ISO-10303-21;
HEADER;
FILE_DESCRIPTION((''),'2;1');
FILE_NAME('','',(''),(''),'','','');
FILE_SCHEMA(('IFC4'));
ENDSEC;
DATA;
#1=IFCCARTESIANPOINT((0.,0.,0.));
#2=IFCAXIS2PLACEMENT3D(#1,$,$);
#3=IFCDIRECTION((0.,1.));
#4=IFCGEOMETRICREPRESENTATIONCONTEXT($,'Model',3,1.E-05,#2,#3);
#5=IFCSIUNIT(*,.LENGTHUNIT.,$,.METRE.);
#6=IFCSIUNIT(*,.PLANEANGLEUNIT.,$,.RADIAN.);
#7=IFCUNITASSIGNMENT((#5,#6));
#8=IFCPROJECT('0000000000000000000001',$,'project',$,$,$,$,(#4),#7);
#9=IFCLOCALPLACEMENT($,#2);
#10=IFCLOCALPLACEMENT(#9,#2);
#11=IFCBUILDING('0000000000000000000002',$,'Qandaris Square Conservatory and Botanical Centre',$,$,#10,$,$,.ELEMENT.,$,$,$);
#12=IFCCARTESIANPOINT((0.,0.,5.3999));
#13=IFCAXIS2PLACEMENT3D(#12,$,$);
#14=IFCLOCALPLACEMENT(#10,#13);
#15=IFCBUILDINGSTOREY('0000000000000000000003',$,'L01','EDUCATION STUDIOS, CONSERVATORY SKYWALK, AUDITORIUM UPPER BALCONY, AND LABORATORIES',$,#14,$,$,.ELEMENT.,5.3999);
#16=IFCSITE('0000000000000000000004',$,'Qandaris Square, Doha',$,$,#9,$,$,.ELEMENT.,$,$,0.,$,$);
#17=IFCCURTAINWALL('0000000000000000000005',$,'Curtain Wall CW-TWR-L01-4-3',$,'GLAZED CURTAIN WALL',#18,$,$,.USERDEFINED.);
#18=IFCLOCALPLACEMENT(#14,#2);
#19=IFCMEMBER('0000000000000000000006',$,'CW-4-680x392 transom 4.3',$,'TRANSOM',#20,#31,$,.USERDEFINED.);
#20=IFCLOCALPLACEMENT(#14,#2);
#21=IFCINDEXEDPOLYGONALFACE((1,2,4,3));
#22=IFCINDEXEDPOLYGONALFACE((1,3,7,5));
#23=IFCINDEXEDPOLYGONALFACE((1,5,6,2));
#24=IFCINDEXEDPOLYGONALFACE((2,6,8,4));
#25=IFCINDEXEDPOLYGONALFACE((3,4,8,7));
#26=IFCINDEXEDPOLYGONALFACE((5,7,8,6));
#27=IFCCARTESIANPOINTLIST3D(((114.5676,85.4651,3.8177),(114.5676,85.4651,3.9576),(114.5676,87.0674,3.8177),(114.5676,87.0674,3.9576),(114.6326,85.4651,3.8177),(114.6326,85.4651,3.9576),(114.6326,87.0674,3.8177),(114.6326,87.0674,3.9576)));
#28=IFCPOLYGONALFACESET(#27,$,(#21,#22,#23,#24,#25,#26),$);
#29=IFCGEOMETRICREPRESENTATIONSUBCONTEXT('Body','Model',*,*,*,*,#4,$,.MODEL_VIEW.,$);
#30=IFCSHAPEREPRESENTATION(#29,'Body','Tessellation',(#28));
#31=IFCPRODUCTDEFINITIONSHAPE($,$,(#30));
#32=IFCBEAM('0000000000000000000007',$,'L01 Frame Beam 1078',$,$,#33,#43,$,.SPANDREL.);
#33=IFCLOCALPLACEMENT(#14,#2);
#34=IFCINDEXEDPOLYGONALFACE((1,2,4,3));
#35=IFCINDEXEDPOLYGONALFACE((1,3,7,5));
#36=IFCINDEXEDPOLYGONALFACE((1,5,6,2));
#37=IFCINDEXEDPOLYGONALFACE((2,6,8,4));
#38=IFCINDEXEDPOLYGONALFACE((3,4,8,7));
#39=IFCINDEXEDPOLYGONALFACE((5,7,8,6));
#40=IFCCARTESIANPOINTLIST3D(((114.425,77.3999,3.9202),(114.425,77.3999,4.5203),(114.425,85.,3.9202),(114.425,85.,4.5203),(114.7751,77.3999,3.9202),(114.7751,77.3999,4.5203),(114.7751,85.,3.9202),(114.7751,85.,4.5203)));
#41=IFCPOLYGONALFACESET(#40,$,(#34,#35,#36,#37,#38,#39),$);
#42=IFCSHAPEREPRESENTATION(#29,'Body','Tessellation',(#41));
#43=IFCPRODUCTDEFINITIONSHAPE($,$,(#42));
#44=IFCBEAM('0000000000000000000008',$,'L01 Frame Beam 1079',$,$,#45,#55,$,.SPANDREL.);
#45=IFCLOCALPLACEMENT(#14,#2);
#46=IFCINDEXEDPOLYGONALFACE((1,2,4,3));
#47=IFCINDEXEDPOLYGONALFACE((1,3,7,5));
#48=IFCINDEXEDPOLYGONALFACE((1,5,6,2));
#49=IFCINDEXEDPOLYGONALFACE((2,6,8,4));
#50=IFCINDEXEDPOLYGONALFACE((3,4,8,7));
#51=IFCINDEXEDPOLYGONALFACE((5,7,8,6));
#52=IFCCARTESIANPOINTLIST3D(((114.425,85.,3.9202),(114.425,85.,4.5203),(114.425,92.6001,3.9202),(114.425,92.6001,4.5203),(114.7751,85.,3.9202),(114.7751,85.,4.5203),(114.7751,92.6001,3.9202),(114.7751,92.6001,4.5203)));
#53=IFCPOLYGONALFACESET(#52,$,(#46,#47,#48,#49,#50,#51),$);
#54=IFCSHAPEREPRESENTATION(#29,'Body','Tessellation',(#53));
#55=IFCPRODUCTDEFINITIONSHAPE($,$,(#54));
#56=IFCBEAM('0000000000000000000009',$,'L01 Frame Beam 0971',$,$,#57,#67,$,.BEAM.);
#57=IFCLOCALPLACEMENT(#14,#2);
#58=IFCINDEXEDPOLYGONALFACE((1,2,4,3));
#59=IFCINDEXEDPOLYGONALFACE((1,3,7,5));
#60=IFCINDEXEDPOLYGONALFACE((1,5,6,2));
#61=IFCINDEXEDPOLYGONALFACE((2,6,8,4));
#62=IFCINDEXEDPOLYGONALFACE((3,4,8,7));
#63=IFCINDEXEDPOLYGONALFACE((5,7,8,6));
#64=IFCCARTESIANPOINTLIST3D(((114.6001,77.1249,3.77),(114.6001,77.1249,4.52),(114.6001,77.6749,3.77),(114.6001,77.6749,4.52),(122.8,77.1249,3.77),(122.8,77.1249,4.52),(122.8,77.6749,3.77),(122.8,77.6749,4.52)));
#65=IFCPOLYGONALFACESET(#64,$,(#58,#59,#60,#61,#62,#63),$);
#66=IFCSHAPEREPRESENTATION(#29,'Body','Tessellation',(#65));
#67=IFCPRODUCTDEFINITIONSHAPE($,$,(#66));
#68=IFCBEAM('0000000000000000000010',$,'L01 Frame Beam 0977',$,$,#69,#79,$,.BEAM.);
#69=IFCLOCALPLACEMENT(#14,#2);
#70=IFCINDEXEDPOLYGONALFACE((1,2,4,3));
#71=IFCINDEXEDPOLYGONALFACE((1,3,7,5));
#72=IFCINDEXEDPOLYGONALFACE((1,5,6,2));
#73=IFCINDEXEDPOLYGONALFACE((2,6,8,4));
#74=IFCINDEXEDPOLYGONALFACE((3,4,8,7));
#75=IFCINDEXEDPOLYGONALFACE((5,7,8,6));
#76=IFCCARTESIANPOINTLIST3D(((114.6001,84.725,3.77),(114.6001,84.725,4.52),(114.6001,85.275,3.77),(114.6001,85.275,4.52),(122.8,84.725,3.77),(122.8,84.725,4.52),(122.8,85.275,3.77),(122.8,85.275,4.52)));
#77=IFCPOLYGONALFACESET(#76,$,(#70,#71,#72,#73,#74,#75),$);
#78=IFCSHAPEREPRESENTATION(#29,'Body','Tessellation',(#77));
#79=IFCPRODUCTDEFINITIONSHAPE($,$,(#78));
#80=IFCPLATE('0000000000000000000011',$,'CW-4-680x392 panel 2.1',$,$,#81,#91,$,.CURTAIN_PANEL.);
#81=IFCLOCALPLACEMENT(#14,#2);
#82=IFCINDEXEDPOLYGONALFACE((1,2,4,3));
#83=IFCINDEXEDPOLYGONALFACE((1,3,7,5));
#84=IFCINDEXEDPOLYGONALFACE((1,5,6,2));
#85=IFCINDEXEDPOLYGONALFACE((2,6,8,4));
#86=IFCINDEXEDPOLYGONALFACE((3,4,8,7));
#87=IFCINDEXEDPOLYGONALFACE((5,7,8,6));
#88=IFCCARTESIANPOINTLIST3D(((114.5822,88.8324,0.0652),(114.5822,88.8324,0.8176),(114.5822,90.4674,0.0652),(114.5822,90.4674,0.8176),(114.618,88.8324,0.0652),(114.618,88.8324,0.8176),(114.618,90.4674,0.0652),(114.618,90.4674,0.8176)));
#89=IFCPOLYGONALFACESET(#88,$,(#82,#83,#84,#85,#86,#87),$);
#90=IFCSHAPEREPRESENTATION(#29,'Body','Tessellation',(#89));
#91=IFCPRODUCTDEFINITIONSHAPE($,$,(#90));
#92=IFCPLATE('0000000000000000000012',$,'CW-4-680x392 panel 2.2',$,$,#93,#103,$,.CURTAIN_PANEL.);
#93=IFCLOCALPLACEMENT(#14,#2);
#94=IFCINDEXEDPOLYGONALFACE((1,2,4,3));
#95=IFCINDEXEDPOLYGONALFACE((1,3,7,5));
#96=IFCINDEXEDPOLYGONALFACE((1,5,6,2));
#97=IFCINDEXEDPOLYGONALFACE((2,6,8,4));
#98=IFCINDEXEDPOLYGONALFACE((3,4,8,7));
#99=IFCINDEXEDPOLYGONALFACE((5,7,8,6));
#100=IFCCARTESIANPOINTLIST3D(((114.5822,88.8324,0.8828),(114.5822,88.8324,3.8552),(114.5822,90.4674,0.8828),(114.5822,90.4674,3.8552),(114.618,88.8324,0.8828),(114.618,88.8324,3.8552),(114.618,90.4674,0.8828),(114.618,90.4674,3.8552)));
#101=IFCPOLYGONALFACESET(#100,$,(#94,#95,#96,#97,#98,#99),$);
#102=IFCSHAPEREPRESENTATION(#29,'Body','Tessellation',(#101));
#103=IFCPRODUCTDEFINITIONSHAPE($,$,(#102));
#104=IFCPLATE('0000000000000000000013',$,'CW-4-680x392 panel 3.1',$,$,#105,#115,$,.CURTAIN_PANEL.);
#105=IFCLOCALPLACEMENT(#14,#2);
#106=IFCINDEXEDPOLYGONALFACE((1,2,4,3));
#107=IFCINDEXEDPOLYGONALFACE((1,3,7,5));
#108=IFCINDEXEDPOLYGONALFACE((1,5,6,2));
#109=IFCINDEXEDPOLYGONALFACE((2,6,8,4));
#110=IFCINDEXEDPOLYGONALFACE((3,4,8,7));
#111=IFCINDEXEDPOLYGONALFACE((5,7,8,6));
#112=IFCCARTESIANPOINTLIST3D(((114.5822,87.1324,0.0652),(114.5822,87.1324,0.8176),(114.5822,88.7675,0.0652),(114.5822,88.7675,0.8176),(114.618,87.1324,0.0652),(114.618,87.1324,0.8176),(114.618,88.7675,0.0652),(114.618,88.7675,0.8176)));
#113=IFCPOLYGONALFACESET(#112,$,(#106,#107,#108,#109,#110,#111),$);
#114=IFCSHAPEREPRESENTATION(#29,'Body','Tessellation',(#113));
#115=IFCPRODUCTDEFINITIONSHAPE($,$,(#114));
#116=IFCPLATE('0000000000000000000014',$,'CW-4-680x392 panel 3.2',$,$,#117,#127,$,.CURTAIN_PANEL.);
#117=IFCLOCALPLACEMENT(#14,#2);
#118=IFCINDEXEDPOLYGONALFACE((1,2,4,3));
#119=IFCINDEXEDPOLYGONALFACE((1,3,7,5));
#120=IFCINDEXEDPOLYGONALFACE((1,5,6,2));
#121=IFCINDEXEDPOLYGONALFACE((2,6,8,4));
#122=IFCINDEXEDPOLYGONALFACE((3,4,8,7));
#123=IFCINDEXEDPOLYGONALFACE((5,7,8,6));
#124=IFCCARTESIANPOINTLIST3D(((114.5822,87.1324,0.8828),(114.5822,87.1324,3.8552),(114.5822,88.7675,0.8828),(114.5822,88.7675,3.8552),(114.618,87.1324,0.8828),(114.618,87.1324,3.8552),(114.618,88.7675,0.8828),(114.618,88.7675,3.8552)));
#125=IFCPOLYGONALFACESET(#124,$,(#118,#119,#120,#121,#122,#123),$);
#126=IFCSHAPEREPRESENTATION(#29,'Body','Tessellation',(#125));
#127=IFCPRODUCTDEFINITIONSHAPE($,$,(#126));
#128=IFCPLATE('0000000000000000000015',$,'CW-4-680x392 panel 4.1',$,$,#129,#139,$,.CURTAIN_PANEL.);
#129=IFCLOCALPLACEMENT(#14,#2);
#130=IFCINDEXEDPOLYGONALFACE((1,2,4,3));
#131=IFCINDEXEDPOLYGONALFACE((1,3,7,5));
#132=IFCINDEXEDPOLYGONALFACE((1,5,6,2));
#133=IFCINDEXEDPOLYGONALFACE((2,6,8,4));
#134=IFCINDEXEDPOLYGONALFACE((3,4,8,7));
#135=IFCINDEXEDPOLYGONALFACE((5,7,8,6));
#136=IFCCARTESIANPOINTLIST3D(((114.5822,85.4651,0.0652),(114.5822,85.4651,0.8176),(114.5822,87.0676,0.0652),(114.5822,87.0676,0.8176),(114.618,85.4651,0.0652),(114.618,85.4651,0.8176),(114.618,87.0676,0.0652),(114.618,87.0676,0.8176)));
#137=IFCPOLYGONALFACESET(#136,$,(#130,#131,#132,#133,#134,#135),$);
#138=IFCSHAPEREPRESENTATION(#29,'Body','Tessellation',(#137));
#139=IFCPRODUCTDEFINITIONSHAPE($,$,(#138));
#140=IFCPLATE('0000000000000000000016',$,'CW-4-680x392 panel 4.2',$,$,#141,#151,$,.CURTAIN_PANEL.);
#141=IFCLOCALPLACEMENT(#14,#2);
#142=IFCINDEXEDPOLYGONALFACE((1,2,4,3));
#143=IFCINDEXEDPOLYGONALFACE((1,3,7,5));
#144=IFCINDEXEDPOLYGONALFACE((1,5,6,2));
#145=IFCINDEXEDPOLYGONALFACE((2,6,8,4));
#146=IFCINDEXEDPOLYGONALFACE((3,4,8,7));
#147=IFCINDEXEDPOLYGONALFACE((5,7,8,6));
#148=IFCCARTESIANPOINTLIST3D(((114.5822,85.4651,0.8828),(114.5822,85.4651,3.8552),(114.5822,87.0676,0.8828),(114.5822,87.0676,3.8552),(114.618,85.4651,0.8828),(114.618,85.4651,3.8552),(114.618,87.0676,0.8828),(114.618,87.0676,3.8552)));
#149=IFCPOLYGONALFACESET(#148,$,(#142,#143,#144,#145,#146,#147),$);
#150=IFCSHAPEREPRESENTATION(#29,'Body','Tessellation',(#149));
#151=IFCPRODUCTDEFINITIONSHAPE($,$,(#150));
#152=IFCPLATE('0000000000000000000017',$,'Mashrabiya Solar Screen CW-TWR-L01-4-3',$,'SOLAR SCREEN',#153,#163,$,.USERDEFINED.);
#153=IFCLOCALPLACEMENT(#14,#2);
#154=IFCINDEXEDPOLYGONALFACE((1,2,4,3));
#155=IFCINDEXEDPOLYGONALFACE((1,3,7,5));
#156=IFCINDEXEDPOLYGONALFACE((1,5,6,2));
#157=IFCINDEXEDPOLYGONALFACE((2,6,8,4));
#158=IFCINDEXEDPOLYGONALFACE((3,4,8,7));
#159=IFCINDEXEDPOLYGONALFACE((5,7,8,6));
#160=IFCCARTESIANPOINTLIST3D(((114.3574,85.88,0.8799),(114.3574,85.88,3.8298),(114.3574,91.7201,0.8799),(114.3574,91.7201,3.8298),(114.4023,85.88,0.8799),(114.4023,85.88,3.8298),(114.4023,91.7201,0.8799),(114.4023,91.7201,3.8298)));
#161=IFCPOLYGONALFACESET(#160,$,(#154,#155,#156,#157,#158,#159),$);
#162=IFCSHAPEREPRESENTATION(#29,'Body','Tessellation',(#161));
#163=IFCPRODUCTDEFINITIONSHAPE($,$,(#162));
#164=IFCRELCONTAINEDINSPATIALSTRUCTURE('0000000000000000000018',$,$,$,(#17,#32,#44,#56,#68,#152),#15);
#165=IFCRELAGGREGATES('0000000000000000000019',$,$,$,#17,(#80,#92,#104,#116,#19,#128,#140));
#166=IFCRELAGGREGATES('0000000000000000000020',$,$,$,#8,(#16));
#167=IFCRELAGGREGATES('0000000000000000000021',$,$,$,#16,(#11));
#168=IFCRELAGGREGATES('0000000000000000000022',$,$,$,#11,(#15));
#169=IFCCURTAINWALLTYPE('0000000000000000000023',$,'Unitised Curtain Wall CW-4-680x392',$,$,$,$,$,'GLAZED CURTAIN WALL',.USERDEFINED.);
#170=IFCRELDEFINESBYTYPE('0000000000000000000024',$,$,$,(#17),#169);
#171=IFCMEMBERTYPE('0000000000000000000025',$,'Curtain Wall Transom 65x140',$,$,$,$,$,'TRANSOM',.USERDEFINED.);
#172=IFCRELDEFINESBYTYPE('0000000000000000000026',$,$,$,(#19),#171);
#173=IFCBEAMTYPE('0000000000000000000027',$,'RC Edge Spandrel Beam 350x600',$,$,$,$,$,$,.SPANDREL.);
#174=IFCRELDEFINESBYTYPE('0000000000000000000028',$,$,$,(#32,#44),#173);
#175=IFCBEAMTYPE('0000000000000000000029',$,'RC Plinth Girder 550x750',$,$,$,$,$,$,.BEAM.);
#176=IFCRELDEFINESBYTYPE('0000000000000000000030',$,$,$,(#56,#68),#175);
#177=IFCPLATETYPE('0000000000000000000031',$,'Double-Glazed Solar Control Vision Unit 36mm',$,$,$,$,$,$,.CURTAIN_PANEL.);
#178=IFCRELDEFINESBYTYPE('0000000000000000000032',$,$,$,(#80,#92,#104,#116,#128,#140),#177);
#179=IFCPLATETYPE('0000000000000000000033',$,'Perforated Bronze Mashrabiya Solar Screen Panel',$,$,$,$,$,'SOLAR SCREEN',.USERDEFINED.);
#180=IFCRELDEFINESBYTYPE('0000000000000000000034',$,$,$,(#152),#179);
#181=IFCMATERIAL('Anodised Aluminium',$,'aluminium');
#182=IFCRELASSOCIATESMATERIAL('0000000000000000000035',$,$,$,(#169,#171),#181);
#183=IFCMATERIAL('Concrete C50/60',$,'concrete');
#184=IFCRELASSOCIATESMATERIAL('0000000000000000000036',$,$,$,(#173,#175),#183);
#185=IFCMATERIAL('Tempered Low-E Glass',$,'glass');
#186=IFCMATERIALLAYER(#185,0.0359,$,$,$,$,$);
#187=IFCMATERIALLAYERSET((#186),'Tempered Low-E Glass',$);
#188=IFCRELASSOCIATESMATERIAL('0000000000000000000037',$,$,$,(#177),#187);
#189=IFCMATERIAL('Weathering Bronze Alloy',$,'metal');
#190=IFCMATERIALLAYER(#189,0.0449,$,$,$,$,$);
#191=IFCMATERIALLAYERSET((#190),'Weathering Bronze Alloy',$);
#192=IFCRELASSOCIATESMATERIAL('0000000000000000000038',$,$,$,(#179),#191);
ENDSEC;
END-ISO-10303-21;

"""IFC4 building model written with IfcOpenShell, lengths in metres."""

from ifc_helpers import new_model, si_unit, direction, frame, origin, origin_2d, place, context, subcontext, project, spatial, rectangle, extrude, material, layer, layer_set, material_profile, profile_set, type_object, element, aggregate, save


model = new_model("IFC4")

# Units and contexts
model_context = context("Model", 3, precision=1e-05, world=origin(), true_north=direction((0.0, 1.0)))
body_context = subcontext(model_context, "Body", "Model", "MODEL_VIEW")
ifc_project = project(units=[si_unit("LENGTHUNIT", "METRE"), si_unit("PLANEANGLEUNIT", "RADIAN")], contexts=[model_context])

# Site, building, storey
site_placement = place(None, origin())
site = spatial("IfcSite", under=ifc_project, at=site_placement, Name="Qandaris Square, Doha", CompositionType="ELEMENT", RefElevation=0.0)
building_placement = place(site_placement, origin())
building = spatial("IfcBuilding", under=site, at=building_placement, Name="Qandaris Square Conservatory and Botanical Centre", CompositionType="ELEMENT")
storey_placement = place(building_placement, frame((0.0, 0.0, 5.3999)))
storey = spatial("IfcBuildingStorey", under=building, at=storey_placement, Name="L01", Description="EDUCATION STUDIOS, CONSERVATORY SKYWALK, AUDITORIUM UPPER BALCONY, AND LABORATORIES", CompositionType="ELEMENT", Elevation=5.3999)

# Curtain wall, member
ifc_material_1 = material(Name="Anodised Aluminium", Category="aluminium")
curtain_wall_type = type_object("IfcCurtainWallType", Name="Unitised Curtain Wall CW-4-680x392", ElementType="GLAZED CURTAIN WALL", PredefinedType="USERDEFINED", material=ifc_material_1)
curtain_wall_placement = place(storey_placement, origin())
curtain_wall = element("IfcCurtainWall", 1, at=curtain_wall_placement, inside=storey, type_object=curtain_wall_type, Name="Curtain Wall CW-TWR-L01-4-3", ObjectType="GLAZED CURTAIN WALL", PredefinedType="USERDEFINED")
ifc_material_profile_1 = material_profile(ifc_material_1, rectangle(XDim=0.0649, YDim=0.1399, at=origin_2d()), Name="ALU-TRN 65x140")
ifc_profile_set_1 = profile_set([ifc_material_profile_1], Name="Anodised Aluminium")
member_type_1 = type_object("IfcMemberType", Name="Curtain Wall Transom 65x140", ElementType="TRANSOM", PredefinedType="USERDEFINED", material=ifc_profile_set_1)
member_1_placement = place(storey_placement, frame((114.6001, 87.0674, 3.8877), z_axis=(0.0, -1.0, 0.0), x_axis=(1.0, 0.0, 0.0)))
member_1 = element("IfcMember", 2, at=member_1_placement, type_object=member_type_1, Name="CW-4-680x392 transom 4.3", ObjectType="TRANSOM", PredefinedType="USERDEFINED", context=body_context, shape_type="SweptSolid", body=[
    extrude(rectangle(XDim=0.0649, YDim=0.1399, at=origin_2d()), origin(), (0.0, 0.0, 1.0), 1.6023),
])

# Beams
ifc_material_2 = material(Name="Concrete C50/60", Category="concrete")
ifc_material_profile_2 = material_profile(ifc_material_2, rectangle(XDim=0.3501, YDim=0.6001, at=origin_2d()), Name="RC-SP 350x600")
ifc_profile_set_2 = profile_set([ifc_material_profile_2], Name="Concrete C50/60")
beam_type_1 = type_object("IfcBeamType", Name="RC Edge Spandrel Beam 350x600", PredefinedType="SPANDREL", material=ifc_profile_set_2)
for number, where, z_axis, x_axis, name in (
    (3, (114.6001, 77.3999, 4.2202), (0.0, 1.0, 0.0), (-1.0, 0.0, 0.0), "L01 Frame Beam 1078"),
    (4, (114.6001, 85.0, 4.2202), (0.0, 1.0, 0.0), (-1.0, 0.0, 0.0), "L01 Frame Beam 1079"),
):
    element("IfcBeam", number, at=place(storey_placement, frame(where, z_axis=z_axis, x_axis=x_axis)), inside=storey, type_object=beam_type_1, Name=name, PredefinedType="SPANDREL", context=body_context, shape_type="SweptSolid", body=[
        extrude(rectangle(XDim=0.3501, YDim=0.6001, at=origin_2d()), origin(), (0.0, 0.0, 1.0), 7.6001),
    ])
ifc_material_profile_3 = material_profile(ifc_material_2, rectangle(XDim=0.55, YDim=0.75, at=origin_2d()), Name="RC-BM 550x750")
ifc_profile_set_3 = profile_set([ifc_material_profile_3], Name="Concrete C50/60")
beam_type_2 = type_object("IfcBeamType", Name="RC Plinth Girder 550x750", PredefinedType="BEAM", material=ifc_profile_set_3)
for number, where, z_axis, x_axis, name in (
    (5, (114.6001, 77.3999, 4.145), (1.0, 0.0, 0.0), (0.0, 1.0, 0.0), "L01 Frame Beam 0971"),
    (6, (114.6001, 85.0, 4.145), (1.0, 0.0, 0.0), (0.0, 1.0, 0.0), "L01 Frame Beam 0977"),
):
    element("IfcBeam", number, at=place(storey_placement, frame(where, z_axis=z_axis, x_axis=x_axis)), inside=storey, type_object=beam_type_2, Name=name, PredefinedType="BEAM", context=body_context, shape_type="SweptSolid", body=[
        extrude(rectangle(XDim=0.55, YDim=0.75, at=origin_2d()), origin(), (0.0, 0.0, 1.0), 8.2),
    ])

# Plates
ifc_material_3 = material(Name="Tempered Low-E Glass", Category="glass")
ifc_layer_1 = layer(ifc_material_3, 0.0359)
ifc_layer_set_1 = layer_set([ifc_layer_1], Name="Tempered Low-E Glass")
plate_type_1 = type_object("IfcPlateType", Name="Double-Glazed Solar Control Vision Unit 36mm", PredefinedType="CURTAIN_PANEL", material=ifc_layer_set_1)
plate_1_placement = place(storey_placement, frame((114.6001, 89.6499, 0.0652), z_axis=(0.0, 0.0, 1.0), x_axis=(0.0, -1.0, 0.0)))
plate_1 = element("IfcPlate", 7, at=plate_1_placement, type_object=plate_type_1, Name="CW-4-680x392 panel 2.1", PredefinedType="CURTAIN_PANEL", context=body_context, shape_type="SweptSolid", body=[
    extrude(rectangle(XDim=1.635, YDim=0.0359, at=origin_2d()), origin(), (0.0, 0.0, 1.0), 0.7524),
])
plate_2_placement = place(storey_placement, frame((114.6001, 89.6499, 0.8828), z_axis=(0.0, 0.0, 1.0), x_axis=(0.0, -1.0, 0.0)))
plate_2 = element("IfcPlate", 8, at=plate_2_placement, type_object=plate_type_1, Name="CW-4-680x392 panel 2.2", PredefinedType="CURTAIN_PANEL", context=body_context, shape_type="SweptSolid", body=[
    extrude(rectangle(XDim=1.635, YDim=0.0359, at=origin_2d()), origin(), (0.0, 0.0, 1.0), 2.9724),
])
plate_3_placement = place(storey_placement, frame((114.6001, 87.95, 0.0652), z_axis=(0.0, 0.0, 1.0), x_axis=(0.0, -1.0, 0.0)))
plate_3 = element("IfcPlate", 9, at=plate_3_placement, type_object=plate_type_1, Name="CW-4-680x392 panel 3.1", PredefinedType="CURTAIN_PANEL", context=body_context, shape_type="SweptSolid", body=[
    extrude(rectangle(XDim=1.635, YDim=0.0359, at=origin_2d()), origin(), (0.0, 0.0, 1.0), 0.7524),
])
plate_4_placement = place(storey_placement, frame((114.6001, 87.95, 0.8828), z_axis=(0.0, 0.0, 1.0), x_axis=(0.0, -1.0, 0.0)))
plate_4 = element("IfcPlate", 10, at=plate_4_placement, type_object=plate_type_1, Name="CW-4-680x392 panel 3.2", PredefinedType="CURTAIN_PANEL", context=body_context, shape_type="SweptSolid", body=[
    extrude(rectangle(XDim=1.635, YDim=0.0359, at=origin_2d()), origin(), (0.0, 0.0, 1.0), 2.9724),
])
plate_5_placement = place(storey_placement, frame((114.6001, 86.2664, 0.0652), z_axis=(0.0, 0.0, 1.0), x_axis=(0.0, -1.0, 0.0)))
plate_5 = element("IfcPlate", 11, at=plate_5_placement, type_object=plate_type_1, Name="CW-4-680x392 panel 4.1", PredefinedType="CURTAIN_PANEL", context=body_context, shape_type="SweptSolid", body=[
    extrude(rectangle(XDim=1.6025, YDim=0.0359, at=origin_2d()), origin(), (0.0, 0.0, 1.0), 0.7524),
])
plate_6_placement = place(storey_placement, frame((114.6001, 86.2664, 0.8828), z_axis=(0.0, 0.0, 1.0), x_axis=(0.0, -1.0, 0.0)))
plate_6 = element("IfcPlate", 12, at=plate_6_placement, type_object=plate_type_1, Name="CW-4-680x392 panel 4.2", PredefinedType="CURTAIN_PANEL", context=body_context, shape_type="SweptSolid", body=[
    extrude(rectangle(XDim=1.6025, YDim=0.0359, at=origin_2d()), origin(), (0.0, 0.0, 1.0), 2.9724),
])
aggregate(curtain_wall, [plate_1, plate_2, plate_3, plate_4, member_1, plate_5, plate_6])
ifc_material_4 = material(Name="Weathering Bronze Alloy", Category="metal")
ifc_layer_2 = layer(ifc_material_4, 0.0449)
ifc_layer_set_2 = layer_set([ifc_layer_2], Name="Weathering Bronze Alloy")
plate_type_2 = type_object("IfcPlateType", Name="Perforated Bronze Mashrabiya Solar Screen Panel", ElementType="SOLAR SCREEN", PredefinedType="USERDEFINED", material=ifc_layer_set_2)
plate_7_placement = place(storey_placement, frame((114.3799, 88.8, 0.8799), z_axis=(0.0, 0.0, 1.0), x_axis=(0.0, -1.0, 0.0)))
element("IfcPlate", 13, at=plate_7_placement, inside=storey, type_object=plate_type_2, Name="Mashrabiya Solar Screen CW-TWR-L01-4-3", ObjectType="SOLAR SCREEN", PredefinedType="USERDEFINED", context=body_context, shape_type="SweptSolid", body=[
    extrude(rectangle(XDim=5.8401, YDim=0.0449, at=origin_2d()), origin(), (0.0, 0.0, 1.0), 2.95),
])

save(model, "model.ifc")
